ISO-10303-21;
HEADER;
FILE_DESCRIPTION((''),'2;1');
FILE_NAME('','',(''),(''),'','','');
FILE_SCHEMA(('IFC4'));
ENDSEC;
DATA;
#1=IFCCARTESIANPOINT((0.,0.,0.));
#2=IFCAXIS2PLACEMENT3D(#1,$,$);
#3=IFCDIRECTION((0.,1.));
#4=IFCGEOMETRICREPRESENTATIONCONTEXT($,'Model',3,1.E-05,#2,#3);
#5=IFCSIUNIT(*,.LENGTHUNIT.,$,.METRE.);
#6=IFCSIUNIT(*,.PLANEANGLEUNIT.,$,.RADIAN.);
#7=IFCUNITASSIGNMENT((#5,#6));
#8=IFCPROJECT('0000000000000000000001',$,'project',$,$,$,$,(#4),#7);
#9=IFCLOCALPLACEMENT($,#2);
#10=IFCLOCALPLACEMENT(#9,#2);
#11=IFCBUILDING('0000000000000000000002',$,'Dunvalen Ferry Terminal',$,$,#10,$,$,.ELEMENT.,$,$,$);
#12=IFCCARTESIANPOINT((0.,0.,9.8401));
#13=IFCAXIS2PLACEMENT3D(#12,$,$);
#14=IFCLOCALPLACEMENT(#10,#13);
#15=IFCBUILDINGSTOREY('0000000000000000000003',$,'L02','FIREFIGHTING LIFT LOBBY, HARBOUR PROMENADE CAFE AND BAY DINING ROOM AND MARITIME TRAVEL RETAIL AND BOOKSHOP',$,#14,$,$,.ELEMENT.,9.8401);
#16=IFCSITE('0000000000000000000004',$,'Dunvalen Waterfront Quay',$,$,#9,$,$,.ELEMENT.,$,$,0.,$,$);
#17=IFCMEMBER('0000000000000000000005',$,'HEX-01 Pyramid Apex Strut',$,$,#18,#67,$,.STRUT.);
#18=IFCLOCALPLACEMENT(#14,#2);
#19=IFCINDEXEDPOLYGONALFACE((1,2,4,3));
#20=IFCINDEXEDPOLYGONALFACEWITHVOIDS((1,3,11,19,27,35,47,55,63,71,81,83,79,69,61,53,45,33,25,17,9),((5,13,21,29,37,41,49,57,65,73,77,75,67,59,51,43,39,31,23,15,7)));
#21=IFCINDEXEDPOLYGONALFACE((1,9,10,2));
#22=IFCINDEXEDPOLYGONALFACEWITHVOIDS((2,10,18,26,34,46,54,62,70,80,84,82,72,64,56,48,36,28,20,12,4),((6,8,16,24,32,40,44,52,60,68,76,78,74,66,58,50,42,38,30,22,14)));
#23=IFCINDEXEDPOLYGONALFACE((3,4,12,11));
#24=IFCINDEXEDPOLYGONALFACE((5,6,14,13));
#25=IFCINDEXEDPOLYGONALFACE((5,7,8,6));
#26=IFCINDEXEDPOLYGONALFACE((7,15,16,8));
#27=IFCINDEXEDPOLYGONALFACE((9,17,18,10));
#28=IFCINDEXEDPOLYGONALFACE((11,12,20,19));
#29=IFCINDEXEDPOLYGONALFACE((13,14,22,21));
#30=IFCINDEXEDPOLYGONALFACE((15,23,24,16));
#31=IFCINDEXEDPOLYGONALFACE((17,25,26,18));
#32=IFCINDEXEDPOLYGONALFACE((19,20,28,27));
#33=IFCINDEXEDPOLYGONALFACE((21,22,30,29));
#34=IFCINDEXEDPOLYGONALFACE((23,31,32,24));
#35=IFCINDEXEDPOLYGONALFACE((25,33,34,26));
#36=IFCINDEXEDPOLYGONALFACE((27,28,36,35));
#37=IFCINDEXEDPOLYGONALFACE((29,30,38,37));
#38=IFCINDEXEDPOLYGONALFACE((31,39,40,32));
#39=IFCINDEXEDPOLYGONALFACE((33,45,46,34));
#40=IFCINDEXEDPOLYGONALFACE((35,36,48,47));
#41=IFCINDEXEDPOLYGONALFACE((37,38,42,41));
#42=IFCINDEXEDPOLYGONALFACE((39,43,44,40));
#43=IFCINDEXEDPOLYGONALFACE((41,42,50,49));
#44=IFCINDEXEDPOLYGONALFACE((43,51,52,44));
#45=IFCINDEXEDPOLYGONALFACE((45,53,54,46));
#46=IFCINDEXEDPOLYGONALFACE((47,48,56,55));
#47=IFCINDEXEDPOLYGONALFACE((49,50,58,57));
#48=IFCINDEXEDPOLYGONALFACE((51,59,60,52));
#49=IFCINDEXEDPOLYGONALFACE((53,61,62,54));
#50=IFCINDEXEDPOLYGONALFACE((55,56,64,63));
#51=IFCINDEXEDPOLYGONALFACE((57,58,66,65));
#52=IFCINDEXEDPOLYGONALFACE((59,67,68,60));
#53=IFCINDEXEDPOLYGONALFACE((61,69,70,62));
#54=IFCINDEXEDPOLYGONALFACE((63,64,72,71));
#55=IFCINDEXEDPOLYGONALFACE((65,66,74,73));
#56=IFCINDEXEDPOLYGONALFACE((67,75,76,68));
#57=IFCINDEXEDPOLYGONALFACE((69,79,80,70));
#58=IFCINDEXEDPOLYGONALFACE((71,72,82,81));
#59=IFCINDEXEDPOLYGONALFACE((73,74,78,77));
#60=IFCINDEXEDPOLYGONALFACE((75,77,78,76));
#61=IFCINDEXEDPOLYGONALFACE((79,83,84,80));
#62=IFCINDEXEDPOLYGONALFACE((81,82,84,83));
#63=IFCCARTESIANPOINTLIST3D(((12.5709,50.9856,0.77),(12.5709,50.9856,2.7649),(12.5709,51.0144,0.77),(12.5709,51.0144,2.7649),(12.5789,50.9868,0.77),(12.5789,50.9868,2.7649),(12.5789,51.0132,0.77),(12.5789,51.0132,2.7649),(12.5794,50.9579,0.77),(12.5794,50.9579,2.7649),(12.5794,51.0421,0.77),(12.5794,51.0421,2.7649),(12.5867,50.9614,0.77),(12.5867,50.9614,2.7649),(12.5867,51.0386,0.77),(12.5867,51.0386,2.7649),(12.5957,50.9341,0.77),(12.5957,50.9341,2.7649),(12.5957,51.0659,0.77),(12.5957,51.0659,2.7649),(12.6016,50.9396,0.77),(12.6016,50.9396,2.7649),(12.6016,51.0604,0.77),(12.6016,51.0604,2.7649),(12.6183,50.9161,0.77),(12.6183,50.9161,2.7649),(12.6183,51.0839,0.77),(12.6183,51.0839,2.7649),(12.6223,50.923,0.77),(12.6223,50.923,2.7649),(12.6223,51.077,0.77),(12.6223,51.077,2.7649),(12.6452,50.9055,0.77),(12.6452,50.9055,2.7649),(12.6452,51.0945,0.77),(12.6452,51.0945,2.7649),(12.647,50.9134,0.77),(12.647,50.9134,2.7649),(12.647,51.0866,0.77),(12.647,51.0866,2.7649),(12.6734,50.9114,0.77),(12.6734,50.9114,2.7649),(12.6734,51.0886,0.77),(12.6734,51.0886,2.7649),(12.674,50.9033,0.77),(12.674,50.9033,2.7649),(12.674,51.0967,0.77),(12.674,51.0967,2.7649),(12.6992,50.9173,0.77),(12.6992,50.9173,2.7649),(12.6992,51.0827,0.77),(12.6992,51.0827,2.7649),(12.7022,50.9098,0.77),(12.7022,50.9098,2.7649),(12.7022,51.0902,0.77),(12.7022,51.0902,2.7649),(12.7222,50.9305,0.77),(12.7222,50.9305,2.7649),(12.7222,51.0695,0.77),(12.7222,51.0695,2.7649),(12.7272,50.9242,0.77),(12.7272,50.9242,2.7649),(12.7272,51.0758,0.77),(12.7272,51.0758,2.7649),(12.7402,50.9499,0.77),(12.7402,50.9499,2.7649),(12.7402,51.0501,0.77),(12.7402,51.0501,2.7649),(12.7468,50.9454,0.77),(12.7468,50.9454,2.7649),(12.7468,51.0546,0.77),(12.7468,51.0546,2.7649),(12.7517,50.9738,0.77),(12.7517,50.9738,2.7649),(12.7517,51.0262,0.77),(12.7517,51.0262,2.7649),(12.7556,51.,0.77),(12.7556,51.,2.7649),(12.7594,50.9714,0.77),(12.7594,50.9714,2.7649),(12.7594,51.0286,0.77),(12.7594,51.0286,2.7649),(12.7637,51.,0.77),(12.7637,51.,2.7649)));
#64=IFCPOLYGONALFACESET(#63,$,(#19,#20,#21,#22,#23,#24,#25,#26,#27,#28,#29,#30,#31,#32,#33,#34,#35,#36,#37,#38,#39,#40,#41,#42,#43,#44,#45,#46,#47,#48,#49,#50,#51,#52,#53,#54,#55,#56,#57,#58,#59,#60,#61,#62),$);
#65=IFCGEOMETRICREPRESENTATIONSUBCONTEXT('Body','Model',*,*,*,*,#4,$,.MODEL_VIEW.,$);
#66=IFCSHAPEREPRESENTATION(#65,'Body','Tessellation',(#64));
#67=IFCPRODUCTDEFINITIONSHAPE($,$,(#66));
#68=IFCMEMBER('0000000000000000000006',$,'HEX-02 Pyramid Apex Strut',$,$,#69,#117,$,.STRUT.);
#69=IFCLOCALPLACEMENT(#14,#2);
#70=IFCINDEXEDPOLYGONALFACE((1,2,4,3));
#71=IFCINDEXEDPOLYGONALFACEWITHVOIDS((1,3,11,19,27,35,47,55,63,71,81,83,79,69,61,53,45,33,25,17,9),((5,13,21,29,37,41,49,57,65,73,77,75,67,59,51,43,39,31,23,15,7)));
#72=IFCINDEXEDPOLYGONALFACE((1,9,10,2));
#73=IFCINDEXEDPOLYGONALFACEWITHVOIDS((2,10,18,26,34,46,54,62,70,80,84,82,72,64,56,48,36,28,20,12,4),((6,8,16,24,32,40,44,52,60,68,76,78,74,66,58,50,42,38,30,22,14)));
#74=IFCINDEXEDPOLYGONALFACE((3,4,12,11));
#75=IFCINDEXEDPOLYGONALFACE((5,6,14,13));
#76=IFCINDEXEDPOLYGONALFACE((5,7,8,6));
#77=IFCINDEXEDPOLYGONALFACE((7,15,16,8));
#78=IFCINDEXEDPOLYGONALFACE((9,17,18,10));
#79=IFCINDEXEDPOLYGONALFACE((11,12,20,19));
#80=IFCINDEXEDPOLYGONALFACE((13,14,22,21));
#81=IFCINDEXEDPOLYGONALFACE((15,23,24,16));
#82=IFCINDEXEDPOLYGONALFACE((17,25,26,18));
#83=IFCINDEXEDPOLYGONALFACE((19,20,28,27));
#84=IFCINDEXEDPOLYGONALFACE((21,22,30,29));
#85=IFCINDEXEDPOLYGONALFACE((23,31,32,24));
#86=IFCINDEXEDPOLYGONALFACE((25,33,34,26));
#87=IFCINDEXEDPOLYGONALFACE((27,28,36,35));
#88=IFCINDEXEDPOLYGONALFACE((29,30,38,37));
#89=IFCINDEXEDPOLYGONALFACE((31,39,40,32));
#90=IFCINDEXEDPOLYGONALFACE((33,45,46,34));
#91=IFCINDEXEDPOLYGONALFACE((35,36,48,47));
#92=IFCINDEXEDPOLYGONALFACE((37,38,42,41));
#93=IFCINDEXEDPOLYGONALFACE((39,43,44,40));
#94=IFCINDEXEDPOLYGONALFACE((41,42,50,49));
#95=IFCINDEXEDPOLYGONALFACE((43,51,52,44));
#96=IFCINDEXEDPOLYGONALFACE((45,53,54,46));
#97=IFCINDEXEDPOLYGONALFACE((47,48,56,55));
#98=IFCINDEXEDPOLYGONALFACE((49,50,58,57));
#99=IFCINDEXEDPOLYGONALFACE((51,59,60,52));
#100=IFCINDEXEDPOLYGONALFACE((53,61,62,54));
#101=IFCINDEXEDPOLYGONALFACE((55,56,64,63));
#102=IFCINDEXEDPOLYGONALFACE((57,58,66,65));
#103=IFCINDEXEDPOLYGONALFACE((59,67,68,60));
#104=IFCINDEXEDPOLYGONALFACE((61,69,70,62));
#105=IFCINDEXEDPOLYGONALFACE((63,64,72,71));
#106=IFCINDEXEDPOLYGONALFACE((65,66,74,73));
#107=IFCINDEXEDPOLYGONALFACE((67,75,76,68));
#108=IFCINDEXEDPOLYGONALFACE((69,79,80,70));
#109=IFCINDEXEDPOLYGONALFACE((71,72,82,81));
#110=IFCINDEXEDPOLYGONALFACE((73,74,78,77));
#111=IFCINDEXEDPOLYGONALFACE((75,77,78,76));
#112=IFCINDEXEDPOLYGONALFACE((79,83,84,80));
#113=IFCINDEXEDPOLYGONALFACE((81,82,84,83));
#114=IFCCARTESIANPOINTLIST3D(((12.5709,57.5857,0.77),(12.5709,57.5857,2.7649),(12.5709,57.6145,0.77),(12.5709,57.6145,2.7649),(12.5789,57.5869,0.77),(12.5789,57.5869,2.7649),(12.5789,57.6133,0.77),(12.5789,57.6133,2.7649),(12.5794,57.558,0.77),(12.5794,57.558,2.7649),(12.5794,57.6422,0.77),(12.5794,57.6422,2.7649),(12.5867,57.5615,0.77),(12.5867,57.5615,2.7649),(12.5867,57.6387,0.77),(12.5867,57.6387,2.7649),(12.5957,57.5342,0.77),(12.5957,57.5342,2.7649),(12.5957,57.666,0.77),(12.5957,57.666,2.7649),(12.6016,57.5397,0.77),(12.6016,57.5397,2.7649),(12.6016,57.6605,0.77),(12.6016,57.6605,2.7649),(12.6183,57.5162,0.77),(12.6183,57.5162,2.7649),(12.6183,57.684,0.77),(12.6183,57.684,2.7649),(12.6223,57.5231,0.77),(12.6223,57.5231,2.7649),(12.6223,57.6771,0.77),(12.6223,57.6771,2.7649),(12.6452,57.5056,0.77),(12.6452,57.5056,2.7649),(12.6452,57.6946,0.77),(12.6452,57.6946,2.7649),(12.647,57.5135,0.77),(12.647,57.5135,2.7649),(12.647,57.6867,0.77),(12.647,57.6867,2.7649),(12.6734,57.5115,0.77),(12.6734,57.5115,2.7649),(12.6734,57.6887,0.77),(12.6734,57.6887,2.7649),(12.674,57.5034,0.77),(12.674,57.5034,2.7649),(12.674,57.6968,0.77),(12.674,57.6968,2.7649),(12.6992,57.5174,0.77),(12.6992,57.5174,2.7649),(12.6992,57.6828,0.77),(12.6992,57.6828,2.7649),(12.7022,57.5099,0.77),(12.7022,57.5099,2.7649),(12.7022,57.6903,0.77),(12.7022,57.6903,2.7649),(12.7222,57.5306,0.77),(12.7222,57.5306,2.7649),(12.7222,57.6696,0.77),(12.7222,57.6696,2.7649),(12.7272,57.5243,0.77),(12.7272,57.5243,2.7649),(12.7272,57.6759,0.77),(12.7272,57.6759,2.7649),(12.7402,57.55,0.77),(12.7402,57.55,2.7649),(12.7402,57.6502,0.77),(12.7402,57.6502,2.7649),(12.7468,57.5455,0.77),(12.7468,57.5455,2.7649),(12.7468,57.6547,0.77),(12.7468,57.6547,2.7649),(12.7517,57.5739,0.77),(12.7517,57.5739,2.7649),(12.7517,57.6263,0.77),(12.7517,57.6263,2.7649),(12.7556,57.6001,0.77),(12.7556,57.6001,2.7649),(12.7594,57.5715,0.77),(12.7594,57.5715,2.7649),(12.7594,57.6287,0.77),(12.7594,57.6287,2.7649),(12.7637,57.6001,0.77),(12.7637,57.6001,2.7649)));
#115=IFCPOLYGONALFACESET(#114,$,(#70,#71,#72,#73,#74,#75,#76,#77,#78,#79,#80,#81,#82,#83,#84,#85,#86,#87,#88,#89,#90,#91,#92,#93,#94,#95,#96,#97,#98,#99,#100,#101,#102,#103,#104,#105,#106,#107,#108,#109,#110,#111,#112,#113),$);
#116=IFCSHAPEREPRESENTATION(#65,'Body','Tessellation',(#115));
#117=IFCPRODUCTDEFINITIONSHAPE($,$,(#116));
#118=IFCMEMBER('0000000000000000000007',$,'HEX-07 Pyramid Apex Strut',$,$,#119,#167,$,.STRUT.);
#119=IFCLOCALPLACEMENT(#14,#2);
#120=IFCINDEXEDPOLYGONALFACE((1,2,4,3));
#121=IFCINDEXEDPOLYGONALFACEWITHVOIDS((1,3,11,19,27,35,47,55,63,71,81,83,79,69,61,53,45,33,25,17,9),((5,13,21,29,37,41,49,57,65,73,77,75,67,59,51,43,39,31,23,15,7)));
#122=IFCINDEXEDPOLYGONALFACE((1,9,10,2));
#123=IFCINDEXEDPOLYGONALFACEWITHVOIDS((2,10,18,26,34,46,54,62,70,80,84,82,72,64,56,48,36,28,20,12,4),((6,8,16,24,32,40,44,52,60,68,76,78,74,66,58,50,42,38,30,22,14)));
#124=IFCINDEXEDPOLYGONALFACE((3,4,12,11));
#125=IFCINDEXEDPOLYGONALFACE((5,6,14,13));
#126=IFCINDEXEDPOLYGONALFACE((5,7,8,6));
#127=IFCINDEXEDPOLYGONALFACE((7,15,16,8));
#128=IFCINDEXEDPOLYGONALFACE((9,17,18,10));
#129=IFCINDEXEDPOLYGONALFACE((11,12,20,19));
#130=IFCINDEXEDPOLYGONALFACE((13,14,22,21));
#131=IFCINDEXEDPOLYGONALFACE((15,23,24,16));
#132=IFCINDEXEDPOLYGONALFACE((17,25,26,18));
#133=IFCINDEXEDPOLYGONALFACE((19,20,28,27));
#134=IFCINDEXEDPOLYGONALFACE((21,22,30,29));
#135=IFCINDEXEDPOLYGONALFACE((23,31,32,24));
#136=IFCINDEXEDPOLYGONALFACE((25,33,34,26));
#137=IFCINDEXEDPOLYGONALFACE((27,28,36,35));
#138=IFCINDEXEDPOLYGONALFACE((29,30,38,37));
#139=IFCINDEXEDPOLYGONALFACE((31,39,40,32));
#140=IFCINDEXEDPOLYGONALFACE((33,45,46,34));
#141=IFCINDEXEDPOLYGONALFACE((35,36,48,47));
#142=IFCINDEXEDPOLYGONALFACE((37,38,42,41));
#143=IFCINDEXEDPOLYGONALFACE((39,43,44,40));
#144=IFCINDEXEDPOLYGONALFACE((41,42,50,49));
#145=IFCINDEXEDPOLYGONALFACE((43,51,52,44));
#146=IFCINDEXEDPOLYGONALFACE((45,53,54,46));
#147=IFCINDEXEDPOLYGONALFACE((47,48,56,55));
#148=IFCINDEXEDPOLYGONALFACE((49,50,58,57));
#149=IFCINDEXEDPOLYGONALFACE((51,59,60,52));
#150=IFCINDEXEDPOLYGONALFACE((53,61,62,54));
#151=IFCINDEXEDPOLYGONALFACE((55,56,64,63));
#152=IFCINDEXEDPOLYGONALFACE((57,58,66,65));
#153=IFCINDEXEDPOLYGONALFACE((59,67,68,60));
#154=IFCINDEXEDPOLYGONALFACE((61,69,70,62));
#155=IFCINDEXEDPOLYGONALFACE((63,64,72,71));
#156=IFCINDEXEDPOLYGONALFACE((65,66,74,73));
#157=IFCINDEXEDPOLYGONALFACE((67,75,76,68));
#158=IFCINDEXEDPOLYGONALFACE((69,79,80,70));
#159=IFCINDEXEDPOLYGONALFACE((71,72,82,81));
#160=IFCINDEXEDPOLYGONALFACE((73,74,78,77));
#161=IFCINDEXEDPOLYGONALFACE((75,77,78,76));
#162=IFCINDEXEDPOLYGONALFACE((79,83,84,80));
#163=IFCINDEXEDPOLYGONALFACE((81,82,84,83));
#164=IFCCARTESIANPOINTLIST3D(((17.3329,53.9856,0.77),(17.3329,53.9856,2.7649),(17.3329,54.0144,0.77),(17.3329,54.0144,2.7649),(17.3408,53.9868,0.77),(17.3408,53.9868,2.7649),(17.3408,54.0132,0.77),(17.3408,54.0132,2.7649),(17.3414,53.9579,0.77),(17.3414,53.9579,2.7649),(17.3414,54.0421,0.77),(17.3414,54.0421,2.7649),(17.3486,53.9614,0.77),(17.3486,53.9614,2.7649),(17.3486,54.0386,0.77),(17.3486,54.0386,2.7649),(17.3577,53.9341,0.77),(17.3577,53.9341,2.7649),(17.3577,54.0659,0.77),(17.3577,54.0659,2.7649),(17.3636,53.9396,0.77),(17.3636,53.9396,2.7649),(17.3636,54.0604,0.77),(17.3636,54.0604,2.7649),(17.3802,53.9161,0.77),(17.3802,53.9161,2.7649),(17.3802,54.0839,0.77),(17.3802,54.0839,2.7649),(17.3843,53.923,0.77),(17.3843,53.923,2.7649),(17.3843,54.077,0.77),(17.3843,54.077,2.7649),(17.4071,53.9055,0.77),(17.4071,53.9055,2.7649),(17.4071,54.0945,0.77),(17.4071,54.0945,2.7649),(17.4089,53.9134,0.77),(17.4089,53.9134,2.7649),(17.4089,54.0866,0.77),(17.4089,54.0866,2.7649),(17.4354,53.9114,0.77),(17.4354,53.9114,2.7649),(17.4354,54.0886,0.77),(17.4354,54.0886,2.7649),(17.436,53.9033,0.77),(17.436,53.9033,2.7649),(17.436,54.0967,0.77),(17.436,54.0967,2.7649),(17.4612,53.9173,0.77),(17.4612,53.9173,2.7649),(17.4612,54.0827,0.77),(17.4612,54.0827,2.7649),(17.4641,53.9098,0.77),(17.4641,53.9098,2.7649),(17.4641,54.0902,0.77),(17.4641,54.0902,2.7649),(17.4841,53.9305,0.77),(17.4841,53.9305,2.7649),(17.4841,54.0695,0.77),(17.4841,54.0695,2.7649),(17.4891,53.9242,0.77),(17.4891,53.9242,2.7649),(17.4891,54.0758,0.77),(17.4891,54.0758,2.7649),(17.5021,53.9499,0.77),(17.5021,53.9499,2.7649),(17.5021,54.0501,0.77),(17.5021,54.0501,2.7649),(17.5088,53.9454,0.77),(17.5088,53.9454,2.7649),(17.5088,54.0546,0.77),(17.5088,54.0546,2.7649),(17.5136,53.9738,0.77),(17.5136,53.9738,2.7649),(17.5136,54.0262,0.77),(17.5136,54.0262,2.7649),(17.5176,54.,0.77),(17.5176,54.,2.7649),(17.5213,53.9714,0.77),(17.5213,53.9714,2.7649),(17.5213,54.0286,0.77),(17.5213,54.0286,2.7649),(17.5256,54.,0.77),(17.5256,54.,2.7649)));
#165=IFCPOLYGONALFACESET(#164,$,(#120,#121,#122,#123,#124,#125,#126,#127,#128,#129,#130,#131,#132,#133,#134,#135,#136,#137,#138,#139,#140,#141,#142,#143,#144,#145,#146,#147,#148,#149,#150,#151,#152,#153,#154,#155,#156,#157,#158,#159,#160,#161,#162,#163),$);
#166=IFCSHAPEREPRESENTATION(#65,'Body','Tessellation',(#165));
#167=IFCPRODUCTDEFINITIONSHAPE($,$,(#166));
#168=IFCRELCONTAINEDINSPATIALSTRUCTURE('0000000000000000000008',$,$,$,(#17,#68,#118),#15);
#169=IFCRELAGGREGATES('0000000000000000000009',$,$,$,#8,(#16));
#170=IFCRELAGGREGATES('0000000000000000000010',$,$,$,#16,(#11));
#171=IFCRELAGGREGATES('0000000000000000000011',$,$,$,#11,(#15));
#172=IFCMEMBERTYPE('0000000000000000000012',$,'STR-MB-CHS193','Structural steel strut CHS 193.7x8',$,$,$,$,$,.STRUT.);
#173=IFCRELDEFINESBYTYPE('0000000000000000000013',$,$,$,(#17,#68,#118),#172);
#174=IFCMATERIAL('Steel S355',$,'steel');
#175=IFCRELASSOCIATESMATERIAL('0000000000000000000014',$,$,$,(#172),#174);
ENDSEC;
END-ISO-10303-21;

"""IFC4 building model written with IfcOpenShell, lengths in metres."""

from ifc_helpers import new_model, si_unit, direction, frame, origin, origin_2d, place, context, subcontext, project, spatial, hollow_circle, extrude, material, material_profile, profile_set, type_object, element, save


model = new_model("IFC4")

# Units and contexts
model_context = context("Model", 3, precision=1e-05, world=origin(), true_north=direction((0.0, 1.0)))
body_context = subcontext(model_context, "Body", "Model", "MODEL_VIEW")
ifc_project = project(units=[si_unit("LENGTHUNIT", "METRE"), si_unit("PLANEANGLEUNIT", "RADIAN")], contexts=[model_context])

# Site, building, storey
site_placement = place(None, origin())
site = spatial("IfcSite", under=ifc_project, at=site_placement, Name="Dunvalen Waterfront Quay", CompositionType="ELEMENT", RefElevation=0.0)
building_placement = place(site_placement, origin())
building = spatial("IfcBuilding", under=site, at=building_placement, Name="Dunvalen Ferry Terminal", CompositionType="ELEMENT")
storey_placement = place(building_placement, frame((0.0, 0.0, 9.8401)))
storey = spatial("IfcBuildingStorey", under=building, at=storey_placement, Name="L02", Description="FIREFIGHTING LIFT LOBBY, HARBOUR PROMENADE CAFE AND BAY DINING ROOM AND MARITIME TRAVEL RETAIL AND BOOKSHOP", CompositionType="ELEMENT", Elevation=9.8401)

# Shared definitions
ifc_material_1 = material(Name="Steel S355", Category="steel")

# Members
ifc_material_profile_1 = material_profile(ifc_material_1, hollow_circle(Radius=0.0969, WallThickness=0.0081, at=origin_2d()), Name="Steel S355")
ifc_profile_set_1 = profile_set([ifc_material_profile_1], Name="Steel S355")
member_type_1 = type_object("IfcMemberType", Name="STR-MB-CHS193", Description="Structural steel strut CHS 193.7x8", PredefinedType="STRUT", material=ifc_profile_set_1)
for number, where, z_axis, x_axis, name in (
    (1, (12.6667, 51.0, 0.77), (0.0, 0.0, 1.0), (1.0, 0.0, 0.0), "HEX-01 Pyramid Apex Strut"),
    (2, (12.6667, 57.6001, 0.77), (0.0, 0.0, 1.0), (1.0, 0.0, 0.0), "HEX-02 Pyramid Apex Strut"),
    (3, (17.4287, 54.0, 0.77), (0.0, 0.0, 1.0), (1.0, 0.0, 0.0), "HEX-07 Pyramid Apex Strut"),
):
    element("IfcMember", number, at=place(storey_placement, frame(where, z_axis=z_axis, x_axis=x_axis)), inside=storey, type_object=member_type_1, Name=name, PredefinedType="STRUT", context=body_context, shape_type="SweptSolid", body=[
        extrude(hollow_circle(Radius=0.0969, WallThickness=0.0081, at=origin_2d()), origin(), (0.0, 0.0, 1.0), 1.9949),
    ])

save(model, "model.ifc")
